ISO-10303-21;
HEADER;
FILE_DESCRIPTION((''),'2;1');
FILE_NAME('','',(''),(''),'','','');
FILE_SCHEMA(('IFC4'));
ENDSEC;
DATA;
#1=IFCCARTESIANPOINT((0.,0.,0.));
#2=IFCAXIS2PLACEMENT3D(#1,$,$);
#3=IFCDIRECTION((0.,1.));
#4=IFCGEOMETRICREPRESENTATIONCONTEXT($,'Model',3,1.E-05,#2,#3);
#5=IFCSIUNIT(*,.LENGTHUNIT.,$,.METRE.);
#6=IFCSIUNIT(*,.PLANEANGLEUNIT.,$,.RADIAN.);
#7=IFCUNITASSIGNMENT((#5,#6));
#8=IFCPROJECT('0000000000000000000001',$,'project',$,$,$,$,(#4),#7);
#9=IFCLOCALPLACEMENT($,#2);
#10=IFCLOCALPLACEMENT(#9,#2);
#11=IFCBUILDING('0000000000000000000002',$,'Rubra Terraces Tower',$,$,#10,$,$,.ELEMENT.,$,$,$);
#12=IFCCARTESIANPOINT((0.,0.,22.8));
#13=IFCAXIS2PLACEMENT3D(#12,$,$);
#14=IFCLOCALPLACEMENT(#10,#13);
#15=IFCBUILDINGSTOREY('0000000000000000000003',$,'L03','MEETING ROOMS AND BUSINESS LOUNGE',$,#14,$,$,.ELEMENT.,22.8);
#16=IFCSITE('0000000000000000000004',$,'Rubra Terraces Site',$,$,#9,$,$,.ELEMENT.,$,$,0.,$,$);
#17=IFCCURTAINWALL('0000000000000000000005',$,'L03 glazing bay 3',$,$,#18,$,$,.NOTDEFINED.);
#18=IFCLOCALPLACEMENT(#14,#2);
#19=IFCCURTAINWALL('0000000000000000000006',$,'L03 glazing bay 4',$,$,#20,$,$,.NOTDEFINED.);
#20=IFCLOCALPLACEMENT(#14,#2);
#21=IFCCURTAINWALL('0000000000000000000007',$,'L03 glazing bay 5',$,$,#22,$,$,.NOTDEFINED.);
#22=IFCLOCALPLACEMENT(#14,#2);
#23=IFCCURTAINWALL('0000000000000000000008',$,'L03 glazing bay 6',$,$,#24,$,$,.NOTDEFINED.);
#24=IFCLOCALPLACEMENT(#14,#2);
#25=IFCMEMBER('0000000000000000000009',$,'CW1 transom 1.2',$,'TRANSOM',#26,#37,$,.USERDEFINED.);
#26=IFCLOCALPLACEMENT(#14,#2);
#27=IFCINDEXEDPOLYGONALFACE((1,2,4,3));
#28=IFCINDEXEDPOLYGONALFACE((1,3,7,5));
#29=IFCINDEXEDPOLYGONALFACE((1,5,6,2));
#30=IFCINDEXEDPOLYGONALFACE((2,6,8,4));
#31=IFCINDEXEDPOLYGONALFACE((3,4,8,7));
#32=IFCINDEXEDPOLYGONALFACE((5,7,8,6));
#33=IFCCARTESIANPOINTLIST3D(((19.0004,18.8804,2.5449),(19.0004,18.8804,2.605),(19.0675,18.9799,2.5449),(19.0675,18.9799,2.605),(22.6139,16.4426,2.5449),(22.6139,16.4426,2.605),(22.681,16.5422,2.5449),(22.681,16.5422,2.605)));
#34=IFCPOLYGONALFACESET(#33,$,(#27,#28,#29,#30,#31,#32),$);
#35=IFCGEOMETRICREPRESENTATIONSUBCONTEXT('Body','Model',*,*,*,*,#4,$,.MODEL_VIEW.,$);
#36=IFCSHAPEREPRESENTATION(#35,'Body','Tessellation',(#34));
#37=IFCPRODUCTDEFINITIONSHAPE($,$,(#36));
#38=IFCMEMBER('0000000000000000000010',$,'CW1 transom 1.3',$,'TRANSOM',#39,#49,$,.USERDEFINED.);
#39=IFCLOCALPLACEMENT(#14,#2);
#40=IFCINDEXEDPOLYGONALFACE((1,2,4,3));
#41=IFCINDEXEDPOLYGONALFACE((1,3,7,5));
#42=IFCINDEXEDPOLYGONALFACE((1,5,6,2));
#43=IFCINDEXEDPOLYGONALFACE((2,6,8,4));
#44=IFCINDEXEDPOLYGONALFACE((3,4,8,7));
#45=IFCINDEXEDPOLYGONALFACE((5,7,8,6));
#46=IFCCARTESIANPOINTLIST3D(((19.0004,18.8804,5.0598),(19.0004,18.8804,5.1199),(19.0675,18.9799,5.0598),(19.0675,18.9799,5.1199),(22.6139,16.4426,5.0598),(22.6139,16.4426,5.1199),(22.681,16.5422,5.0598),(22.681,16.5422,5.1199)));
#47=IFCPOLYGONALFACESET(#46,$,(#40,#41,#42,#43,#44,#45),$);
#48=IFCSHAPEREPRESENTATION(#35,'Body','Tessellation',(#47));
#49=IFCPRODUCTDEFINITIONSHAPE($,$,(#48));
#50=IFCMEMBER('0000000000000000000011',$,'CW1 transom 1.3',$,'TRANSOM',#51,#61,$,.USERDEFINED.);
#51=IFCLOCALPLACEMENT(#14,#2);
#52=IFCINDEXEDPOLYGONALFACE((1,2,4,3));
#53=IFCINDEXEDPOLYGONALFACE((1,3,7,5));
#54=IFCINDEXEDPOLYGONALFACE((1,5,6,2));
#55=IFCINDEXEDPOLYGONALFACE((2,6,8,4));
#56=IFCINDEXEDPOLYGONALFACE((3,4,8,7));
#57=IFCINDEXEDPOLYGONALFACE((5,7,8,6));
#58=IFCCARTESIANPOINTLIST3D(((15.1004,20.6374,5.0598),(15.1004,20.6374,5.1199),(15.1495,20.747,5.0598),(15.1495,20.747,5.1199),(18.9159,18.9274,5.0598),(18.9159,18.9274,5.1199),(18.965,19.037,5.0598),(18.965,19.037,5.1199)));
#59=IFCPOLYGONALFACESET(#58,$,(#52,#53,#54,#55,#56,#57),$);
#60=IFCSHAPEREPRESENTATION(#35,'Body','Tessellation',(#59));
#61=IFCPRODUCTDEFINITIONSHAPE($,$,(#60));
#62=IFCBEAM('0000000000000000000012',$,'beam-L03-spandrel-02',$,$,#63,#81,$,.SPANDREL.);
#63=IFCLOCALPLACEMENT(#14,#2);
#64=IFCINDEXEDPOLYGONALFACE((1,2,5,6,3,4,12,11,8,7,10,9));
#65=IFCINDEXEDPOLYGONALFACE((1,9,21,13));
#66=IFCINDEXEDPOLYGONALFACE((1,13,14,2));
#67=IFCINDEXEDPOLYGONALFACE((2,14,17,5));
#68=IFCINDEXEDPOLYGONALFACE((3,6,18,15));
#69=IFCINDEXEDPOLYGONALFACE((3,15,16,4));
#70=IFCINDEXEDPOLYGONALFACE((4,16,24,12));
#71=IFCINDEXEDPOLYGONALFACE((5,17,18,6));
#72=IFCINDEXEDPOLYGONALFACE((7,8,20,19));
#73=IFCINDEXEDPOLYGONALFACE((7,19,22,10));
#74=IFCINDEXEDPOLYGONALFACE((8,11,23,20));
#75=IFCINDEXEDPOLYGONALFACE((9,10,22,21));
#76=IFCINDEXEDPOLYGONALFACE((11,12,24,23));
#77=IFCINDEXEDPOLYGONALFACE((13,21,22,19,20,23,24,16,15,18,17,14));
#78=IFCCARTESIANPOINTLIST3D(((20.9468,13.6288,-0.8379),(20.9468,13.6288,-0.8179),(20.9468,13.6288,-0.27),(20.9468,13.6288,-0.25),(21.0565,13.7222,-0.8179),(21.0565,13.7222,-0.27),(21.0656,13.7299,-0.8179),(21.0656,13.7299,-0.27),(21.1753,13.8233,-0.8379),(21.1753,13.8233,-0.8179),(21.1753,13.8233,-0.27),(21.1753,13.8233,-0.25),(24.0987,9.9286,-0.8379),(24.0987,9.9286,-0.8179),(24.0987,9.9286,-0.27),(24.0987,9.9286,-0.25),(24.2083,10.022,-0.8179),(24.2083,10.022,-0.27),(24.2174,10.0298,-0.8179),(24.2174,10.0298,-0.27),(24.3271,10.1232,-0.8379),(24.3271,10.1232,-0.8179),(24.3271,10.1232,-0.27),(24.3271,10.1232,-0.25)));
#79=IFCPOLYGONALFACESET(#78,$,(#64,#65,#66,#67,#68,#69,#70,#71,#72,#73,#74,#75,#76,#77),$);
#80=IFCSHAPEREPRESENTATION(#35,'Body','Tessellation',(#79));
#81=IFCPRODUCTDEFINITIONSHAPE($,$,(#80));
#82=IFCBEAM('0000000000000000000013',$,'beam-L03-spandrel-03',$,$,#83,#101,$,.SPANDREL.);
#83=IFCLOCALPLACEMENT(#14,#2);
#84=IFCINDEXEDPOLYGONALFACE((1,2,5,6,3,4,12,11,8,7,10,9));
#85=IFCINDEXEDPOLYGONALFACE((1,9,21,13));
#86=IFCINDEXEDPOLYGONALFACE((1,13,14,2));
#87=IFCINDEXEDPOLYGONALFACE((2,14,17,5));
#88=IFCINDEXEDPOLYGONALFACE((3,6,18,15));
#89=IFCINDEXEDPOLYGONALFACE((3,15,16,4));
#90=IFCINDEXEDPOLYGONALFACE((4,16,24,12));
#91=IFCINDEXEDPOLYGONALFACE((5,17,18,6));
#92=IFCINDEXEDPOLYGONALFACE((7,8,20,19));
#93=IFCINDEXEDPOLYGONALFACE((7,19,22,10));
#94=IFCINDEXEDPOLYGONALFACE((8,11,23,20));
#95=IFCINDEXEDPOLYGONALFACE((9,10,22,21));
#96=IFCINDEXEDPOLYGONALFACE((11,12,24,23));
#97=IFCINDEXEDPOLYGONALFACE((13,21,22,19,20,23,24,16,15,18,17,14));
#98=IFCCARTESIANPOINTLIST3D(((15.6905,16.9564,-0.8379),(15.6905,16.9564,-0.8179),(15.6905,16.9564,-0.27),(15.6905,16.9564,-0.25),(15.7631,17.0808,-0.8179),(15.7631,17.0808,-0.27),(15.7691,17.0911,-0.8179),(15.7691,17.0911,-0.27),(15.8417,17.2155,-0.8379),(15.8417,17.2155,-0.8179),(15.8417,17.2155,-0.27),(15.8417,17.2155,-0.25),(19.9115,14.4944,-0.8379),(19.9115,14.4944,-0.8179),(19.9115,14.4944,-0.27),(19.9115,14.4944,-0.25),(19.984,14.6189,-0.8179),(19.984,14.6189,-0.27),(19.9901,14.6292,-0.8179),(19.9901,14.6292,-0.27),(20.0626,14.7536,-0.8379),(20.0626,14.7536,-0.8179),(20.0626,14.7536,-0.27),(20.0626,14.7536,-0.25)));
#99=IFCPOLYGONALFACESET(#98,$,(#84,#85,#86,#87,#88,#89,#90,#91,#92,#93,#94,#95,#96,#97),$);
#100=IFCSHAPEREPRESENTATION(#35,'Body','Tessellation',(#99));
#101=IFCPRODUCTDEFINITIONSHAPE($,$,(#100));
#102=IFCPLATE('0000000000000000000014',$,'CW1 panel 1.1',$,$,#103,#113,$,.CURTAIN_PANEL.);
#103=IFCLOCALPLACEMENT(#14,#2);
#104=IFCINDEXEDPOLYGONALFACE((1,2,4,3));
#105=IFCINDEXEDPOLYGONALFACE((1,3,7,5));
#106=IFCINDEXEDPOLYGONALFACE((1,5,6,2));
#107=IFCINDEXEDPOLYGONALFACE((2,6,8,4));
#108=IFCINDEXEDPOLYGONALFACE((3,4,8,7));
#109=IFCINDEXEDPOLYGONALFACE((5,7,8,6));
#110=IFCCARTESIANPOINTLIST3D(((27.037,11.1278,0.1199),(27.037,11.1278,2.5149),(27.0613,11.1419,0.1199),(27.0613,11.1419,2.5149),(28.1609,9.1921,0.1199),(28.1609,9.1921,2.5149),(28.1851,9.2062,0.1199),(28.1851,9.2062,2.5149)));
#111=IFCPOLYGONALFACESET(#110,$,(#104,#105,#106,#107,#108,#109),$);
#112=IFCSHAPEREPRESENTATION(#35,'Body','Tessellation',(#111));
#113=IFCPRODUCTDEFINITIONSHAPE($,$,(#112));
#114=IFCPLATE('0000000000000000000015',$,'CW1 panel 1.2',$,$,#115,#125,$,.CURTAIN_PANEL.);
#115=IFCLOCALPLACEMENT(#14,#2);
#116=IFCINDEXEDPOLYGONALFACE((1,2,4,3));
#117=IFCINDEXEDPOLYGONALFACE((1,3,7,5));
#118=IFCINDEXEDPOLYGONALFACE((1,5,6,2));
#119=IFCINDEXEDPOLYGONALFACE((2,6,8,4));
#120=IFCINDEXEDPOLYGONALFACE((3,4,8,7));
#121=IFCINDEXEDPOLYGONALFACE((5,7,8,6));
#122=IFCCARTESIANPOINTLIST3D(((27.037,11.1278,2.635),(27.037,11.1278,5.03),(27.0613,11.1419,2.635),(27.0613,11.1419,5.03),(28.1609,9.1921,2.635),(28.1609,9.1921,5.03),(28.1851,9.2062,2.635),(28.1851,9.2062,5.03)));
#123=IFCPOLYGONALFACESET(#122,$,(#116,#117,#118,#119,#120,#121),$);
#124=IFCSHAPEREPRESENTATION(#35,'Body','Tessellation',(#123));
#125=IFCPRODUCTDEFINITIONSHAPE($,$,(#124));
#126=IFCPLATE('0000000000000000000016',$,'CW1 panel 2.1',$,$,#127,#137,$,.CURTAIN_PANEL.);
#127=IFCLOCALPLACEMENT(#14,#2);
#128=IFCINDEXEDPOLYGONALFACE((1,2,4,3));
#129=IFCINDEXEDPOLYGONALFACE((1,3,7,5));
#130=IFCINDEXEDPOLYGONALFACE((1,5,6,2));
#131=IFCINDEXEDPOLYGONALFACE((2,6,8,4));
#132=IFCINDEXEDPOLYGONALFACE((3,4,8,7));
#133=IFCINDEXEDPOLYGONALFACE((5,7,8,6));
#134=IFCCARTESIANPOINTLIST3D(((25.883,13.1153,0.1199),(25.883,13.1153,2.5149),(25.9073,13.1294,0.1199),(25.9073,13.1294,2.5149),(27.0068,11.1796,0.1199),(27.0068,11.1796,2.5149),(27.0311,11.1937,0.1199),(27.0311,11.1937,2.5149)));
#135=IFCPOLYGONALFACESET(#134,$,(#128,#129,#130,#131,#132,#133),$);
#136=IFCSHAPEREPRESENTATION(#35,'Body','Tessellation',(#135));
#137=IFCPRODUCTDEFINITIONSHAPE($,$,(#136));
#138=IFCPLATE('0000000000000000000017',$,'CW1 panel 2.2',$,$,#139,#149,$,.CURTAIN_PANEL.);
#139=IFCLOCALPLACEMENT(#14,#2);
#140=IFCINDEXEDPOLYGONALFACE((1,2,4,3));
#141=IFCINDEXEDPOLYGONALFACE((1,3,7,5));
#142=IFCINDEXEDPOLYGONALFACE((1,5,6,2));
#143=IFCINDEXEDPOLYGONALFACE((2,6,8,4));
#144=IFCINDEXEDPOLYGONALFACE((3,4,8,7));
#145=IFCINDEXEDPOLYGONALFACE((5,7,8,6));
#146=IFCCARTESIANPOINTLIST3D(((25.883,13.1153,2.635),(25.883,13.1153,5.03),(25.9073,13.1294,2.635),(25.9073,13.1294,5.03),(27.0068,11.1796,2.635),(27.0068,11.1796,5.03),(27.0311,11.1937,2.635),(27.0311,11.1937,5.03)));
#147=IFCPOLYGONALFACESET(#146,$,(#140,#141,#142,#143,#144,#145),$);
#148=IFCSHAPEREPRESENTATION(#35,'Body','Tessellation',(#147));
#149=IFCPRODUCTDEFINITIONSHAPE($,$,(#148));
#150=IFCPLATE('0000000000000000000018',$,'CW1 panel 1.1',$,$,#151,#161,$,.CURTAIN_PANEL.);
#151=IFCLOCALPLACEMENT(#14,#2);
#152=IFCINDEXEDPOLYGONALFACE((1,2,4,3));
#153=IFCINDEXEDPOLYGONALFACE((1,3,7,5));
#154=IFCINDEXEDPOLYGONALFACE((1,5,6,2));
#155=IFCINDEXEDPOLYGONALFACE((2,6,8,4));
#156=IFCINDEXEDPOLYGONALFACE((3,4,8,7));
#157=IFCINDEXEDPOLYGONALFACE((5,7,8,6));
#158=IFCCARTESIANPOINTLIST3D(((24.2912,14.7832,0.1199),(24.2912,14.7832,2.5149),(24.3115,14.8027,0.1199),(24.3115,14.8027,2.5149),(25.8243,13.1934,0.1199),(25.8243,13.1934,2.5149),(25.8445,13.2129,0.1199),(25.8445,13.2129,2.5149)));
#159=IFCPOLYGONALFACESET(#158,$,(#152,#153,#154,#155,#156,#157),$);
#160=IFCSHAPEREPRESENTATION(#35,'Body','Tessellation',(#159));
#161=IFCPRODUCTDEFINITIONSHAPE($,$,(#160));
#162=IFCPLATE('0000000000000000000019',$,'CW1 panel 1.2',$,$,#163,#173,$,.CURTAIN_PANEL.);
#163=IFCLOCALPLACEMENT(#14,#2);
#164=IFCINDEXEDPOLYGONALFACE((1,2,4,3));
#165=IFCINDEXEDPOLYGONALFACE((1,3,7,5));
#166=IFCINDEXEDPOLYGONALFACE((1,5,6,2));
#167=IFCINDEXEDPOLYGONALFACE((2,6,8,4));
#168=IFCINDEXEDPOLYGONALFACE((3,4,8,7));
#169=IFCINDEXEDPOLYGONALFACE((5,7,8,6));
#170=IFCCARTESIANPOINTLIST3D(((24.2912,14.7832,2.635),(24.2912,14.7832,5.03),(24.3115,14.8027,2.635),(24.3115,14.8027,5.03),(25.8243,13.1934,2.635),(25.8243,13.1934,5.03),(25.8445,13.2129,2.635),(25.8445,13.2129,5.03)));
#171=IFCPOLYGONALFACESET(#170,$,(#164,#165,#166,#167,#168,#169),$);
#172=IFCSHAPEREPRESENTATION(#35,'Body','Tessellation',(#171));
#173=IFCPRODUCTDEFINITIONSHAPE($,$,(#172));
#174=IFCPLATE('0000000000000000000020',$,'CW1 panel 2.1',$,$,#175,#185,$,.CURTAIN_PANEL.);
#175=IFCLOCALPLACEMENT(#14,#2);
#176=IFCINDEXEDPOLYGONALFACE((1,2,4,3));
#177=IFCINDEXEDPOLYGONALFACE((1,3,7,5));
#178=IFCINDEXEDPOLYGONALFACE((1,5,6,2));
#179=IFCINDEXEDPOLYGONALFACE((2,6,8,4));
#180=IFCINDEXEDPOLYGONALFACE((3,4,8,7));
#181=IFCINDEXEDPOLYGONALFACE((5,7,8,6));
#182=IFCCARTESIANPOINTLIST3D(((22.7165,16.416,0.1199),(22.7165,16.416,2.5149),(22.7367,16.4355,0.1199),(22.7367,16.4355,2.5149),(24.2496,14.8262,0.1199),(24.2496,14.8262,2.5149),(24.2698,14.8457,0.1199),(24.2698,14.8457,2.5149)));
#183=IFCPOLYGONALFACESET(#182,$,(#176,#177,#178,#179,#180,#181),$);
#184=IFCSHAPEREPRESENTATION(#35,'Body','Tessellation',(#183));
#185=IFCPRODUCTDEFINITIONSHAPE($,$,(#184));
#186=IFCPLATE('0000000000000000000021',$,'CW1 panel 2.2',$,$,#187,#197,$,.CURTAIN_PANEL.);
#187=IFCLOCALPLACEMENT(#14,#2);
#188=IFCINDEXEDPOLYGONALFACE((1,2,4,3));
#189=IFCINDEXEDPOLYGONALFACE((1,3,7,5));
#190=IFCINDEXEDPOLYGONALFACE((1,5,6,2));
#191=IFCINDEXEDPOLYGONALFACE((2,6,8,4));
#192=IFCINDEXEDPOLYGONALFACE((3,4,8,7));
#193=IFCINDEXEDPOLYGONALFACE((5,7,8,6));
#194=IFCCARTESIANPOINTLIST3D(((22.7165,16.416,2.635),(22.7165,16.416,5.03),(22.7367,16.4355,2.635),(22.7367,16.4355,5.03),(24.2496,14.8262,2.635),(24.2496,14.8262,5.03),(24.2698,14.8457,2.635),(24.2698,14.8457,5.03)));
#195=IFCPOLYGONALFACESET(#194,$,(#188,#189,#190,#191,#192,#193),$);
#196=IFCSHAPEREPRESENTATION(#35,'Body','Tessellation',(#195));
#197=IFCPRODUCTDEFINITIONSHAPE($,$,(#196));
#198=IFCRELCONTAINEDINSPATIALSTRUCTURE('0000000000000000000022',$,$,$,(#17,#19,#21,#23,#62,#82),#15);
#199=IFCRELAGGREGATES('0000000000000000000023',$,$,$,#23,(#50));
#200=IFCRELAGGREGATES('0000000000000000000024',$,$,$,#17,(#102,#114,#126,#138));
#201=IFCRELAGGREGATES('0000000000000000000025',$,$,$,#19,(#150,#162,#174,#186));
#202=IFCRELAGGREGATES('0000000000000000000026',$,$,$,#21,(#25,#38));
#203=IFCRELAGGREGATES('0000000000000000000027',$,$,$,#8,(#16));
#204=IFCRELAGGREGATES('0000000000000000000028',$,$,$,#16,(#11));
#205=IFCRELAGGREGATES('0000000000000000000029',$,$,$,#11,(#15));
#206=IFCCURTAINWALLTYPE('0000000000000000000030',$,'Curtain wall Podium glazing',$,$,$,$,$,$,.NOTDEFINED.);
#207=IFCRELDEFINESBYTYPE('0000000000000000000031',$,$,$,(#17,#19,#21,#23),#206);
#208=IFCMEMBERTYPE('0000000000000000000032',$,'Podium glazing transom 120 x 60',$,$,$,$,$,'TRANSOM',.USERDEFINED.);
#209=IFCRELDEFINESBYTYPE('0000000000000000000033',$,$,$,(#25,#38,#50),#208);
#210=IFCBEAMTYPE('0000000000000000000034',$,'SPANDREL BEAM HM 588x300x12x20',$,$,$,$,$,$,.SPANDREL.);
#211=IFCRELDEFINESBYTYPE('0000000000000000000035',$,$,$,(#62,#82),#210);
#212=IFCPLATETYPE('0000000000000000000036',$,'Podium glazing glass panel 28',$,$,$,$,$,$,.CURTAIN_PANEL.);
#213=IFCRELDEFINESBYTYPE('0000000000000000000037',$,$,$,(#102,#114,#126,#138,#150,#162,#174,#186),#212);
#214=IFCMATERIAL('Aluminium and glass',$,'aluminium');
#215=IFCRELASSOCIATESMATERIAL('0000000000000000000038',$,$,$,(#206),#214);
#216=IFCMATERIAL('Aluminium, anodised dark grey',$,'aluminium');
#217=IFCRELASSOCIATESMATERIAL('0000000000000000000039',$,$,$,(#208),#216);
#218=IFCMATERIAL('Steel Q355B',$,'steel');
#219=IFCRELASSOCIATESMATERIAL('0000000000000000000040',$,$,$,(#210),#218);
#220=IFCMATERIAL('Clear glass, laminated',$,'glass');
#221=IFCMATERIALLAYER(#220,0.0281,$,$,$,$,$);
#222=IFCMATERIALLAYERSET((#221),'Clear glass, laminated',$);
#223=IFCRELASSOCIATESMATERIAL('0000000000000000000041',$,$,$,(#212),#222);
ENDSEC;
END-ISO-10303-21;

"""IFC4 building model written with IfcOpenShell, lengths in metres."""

from ifc_helpers import new_model, si_unit, direction, frame, origin, origin_2d, place, context, subcontext, project, spatial, rectangle, i_section, extrude, material, layer, layer_set, material_profile, profile_set, type_object, element, aggregate, save


model = new_model("IFC4")

# Units and contexts
model_context = context("Model", 3, precision=1e-05, world=origin(), true_north=direction((0.0, 1.0)))
body_context = subcontext(model_context, "Body", "Model", "MODEL_VIEW")
ifc_project = project(units=[si_unit("LENGTHUNIT", "METRE"), si_unit("PLANEANGLEUNIT", "RADIAN")], contexts=[model_context])

# Site, building, storey
site_placement = place(None, origin())
site = spatial("IfcSite", under=ifc_project, at=site_placement, Name="Rubra Terraces Site", CompositionType="ELEMENT", RefElevation=0.0)
building_placement = place(site_placement, origin())
building = spatial("IfcBuilding", under=site, at=building_placement, Name="Rubra Terraces Tower", CompositionType="ELEMENT")
storey_placement = place(building_placement, frame((0.0, 0.0, 22.8)))
storey = spatial("IfcBuildingStorey", under=building, at=storey_placement, Name="L03", Description="MEETING ROOMS AND BUSINESS LOUNGE", CompositionType="ELEMENT", Elevation=22.8)

# Shared definitions
ifc_material_1 = material(Name="Steel Q355B", Category="steel")

# Curtain walls
ifc_material_2 = material(Name="Aluminium and glass", Category="aluminium")
curtain_wall_type = type_object("IfcCurtainWallType", Name="Curtain wall Podium glazing", PredefinedType="NOTDEFINED", material=ifc_material_2)
curtain_wall_1_placement = place(storey_placement, origin())
curtain_wall_1 = element("IfcCurtainWall", 1, at=curtain_wall_1_placement, inside=storey, type_object=curtain_wall_type, Name="L03 glazing bay 3", PredefinedType="NOTDEFINED")
ifc_material_3 = material(Name="Aluminium, anodised dark grey", Category="aluminium")
curtain_wall_2_placement = place(storey_placement, origin())
curtain_wall_2 = element("IfcCurtainWall", 2, at=curtain_wall_2_placement, inside=storey, type_object=curtain_wall_type, Name="L03 glazing bay 4", PredefinedType="NOTDEFINED")

# Curtain walls
curtain_wall_3_placement = place(storey_placement, origin())
curtain_wall_3 = element("IfcCurtainWall", 3, at=curtain_wall_3_placement, inside=storey, type_object=curtain_wall_type, Name="L03 glazing bay 5", PredefinedType="NOTDEFINED")
curtain_wall_4_placement = place(storey_placement, origin())
curtain_wall_4 = element("IfcCurtainWall", 4, at=curtain_wall_4_placement, inside=storey, type_object=curtain_wall_type, Name="L03 glazing bay 6", PredefinedType="NOTDEFINED")

# Members
ifc_material_profile_1 = material_profile(ifc_material_3, rectangle(XDim=0.1201, YDim=0.0601, at=origin_2d()), Name="AL 120x60")
ifc_profile_set_1 = profile_set([ifc_material_profile_1], Name="Aluminium, anodised dark grey")
member_type_1 = type_object("IfcMemberType", Name="Podium glazing transom 120 x 60", ElementType="TRANSOM", PredefinedType="USERDEFINED", material=ifc_profile_set_1)
member_1_placement = place(storey_placement, frame((22.6475, 16.4924, 2.575), z_axis=(-0.828996, 0.559254, 0.0), x_axis=(-0.559254, -0.828996, 0.0)))
member_1 = element("IfcMember", 5, at=member_1_placement, type_object=member_type_1, Name="CW1 transom 1.2", ObjectType="TRANSOM", PredefinedType="USERDEFINED", context=body_context, shape_type="SweptSolid", body=[
    extrude(rectangle(XDim=0.1201, YDim=0.0601, at=origin_2d()), origin(), (0.0, 0.0, 1.0), 4.3589),
])
member_2_placement = place(storey_placement, frame((22.6475, 16.4924, 5.0898), z_axis=(-0.828996, 0.559254, 0.0), x_axis=(-0.559254, -0.828996, 0.0)))
member_2 = element("IfcMember", 6, at=member_2_placement, type_object=member_type_1, Name="CW1 transom 1.3", ObjectType="TRANSOM", PredefinedType="USERDEFINED", context=body_context, shape_type="SweptSolid", body=[
    extrude(rectangle(XDim=0.1201, YDim=0.0601, at=origin_2d()), origin(), (0.0, 0.0, 1.0), 4.3589),
])
member_3_placement = place(storey_placement, frame((18.9404, 18.9822, 5.0898), z_axis=(-0.912545, 0.408975, 0.0), x_axis=(-0.408975, -0.912545, 0.0)))
member_3 = element("IfcMember", 7, at=member_3_placement, type_object=member_type_1, Name="CW1 transom 1.3", ObjectType="TRANSOM", PredefinedType="USERDEFINED", context=body_context, shape_type="SweptSolid", body=[
    extrude(rectangle(XDim=0.1201, YDim=0.0601, at=origin_2d()), origin(), (0.0, 0.0, 1.0), 4.1812),
])
aggregate(curtain_wall_4, [member_3])

# Beams
ifc_material_profile_2 = material_profile(ifc_material_1, i_section(OverallWidth=0.3, OverallDepth=0.5879, WebThickness=0.012, FlangeThickness=0.02, at=origin_2d()), Name="HM 588x300x12x20")
ifc_profile_set_2 = profile_set([ifc_material_profile_2], Name="Steel Q355B")
beam_type_1 = type_object("IfcBeamType", Name="SPANDREL BEAM HM 588x300x12x20", PredefinedType="SPANDREL", material=ifc_profile_set_2)
beam_1_placement = place(storey_placement, frame((24.2129, 10.0259, -0.5439), z_axis=(-0.648447, 0.76126, 0.0), x_axis=(-0.76126, -0.648447, 0.0)))
element("IfcBeam", 8, at=beam_1_placement, inside=storey, type_object=beam_type_1, Name="beam-L03-spandrel-02", PredefinedType="SPANDREL", context=body_context, shape_type="SweptSolid", body=[
    extrude(i_section(OverallWidth=0.3, OverallDepth=0.5879, WebThickness=0.012, FlangeThickness=0.02, at=origin_2d()), origin(), (0.0, 0.0, 1.0), 4.8606),
])
beam_2_placement = place(storey_placement, frame((19.9871, 14.624, -0.5439), z_axis=(-0.863806, 0.503824, 0.0), x_axis=(-0.503824, -0.863806, 0.0)))
element("IfcBeam", 9, at=beam_2_placement, inside=storey, type_object=beam_type_1, Name="beam-L03-spandrel-03", PredefinedType="SPANDREL", context=body_context, shape_type="SweptSolid", body=[
    extrude(i_section(OverallWidth=0.3, OverallDepth=0.5879, WebThickness=0.012, FlangeThickness=0.02, at=origin_2d()), origin(), (0.0, 0.0, 1.0), 4.8865),
])

# Plates
ifc_material_4 = material(Name="Clear glass, laminated", Category="glass")
ifc_layer = layer(ifc_material_4, 0.0281)
ifc_layer_set = layer_set([ifc_layer], Name="Clear glass, laminated")
plate_type = type_object("IfcPlateType", Name="Podium glazing glass panel 28", PredefinedType="CURTAIN_PANEL", material=ifc_layer_set)
plate_1_placement = place(storey_placement, frame((27.6111, 10.167, 0.1199), z_axis=(0.0, 0.0, 1.0), x_axis=(-0.502094, 0.864813, 0.0)))
plate_1 = element("IfcPlate", 10, at=plate_1_placement, type_object=plate_type, Name="CW1 panel 1.1", PredefinedType="CURTAIN_PANEL", context=body_context, shape_type="SweptSolid", body=[
    extrude(rectangle(XDim=2.2383, YDim=0.0281, at=origin_2d()), origin(), (0.0, 0.0, 1.0), 2.395),
])
plate_2_placement = place(storey_placement, frame((27.6111, 10.167, 2.635), z_axis=(0.0, 0.0, 1.0), x_axis=(-0.502094, 0.864813, 0.0)))
plate_2 = element("IfcPlate", 11, at=plate_2_placement, type_object=plate_type, Name="CW1 panel 1.2", PredefinedType="CURTAIN_PANEL", context=body_context, shape_type="SweptSolid", body=[
    extrude(rectangle(XDim=2.2383, YDim=0.0281, at=origin_2d()), origin(), (0.0, 0.0, 1.0), 2.395),
])
plate_3_placement = place(storey_placement, frame((26.457, 12.1545, 0.1199), z_axis=(0.0, 0.0, 1.0), x_axis=(-0.502094, 0.864813, 0.0)))
plate_3 = element("IfcPlate", 12, at=plate_3_placement, type_object=plate_type, Name="CW1 panel 2.1", PredefinedType="CURTAIN_PANEL", context=body_context, shape_type="SweptSolid", body=[
    extrude(rectangle(XDim=2.2383, YDim=0.0281, at=origin_2d()), origin(), (0.0, 0.0, 1.0), 2.395),
])
plate_4_placement = place(storey_placement, frame((26.457, 12.1545, 2.635), z_axis=(0.0, 0.0, 1.0), x_axis=(-0.502094, 0.864813, 0.0)))
plate_4 = element("IfcPlate", 13, at=plate_4_placement, type_object=plate_type, Name="CW1 panel 2.2", PredefinedType="CURTAIN_PANEL", context=body_context, shape_type="SweptSolid", body=[
    extrude(rectangle(XDim=2.2383, YDim=0.0281, at=origin_2d()), origin(), (0.0, 0.0, 1.0), 2.395),
])
aggregate(curtain_wall_1, [plate_1, plate_2, plate_3, plate_4])
plate_5_placement = place(storey_placement, frame((25.0679, 13.998, 0.1199), z_axis=(0.0, 0.0, 1.0), x_axis=(-0.694156, 0.719825, 0.0)))
plate_5 = element("IfcPlate", 14, at=plate_5_placement, type_object=plate_type, Name="CW1 panel 1.1", PredefinedType="CURTAIN_PANEL", context=body_context, shape_type="SweptSolid", body=[
    extrude(rectangle(XDim=2.2085, YDim=0.0281, at=origin_2d()), origin(), (0.0, 0.0, 1.0), 2.395),
])
plate_6_placement = place(storey_placement, frame((25.0679, 13.998, 2.635), z_axis=(0.0, 0.0, 1.0), x_axis=(-0.694156, 0.719825, 0.0)))
plate_6 = element("IfcPlate", 15, at=plate_6_placement, type_object=plate_type, Name="CW1 panel 1.2", PredefinedType="CURTAIN_PANEL", context=body_context, shape_type="SweptSolid", body=[
    extrude(rectangle(XDim=2.2085, YDim=0.0281, at=origin_2d()), origin(), (0.0, 0.0, 1.0), 2.395),
])
plate_7_placement = place(storey_placement, frame((23.4932, 15.6309, 0.1199), z_axis=(0.0, 0.0, 1.0), x_axis=(-0.694156, 0.719825, 0.0)))
plate_7 = element("IfcPlate", 16, at=plate_7_placement, type_object=plate_type, Name="CW1 panel 2.1", PredefinedType="CURTAIN_PANEL", context=body_context, shape_type="SweptSolid", body=[
    extrude(rectangle(XDim=2.2085, YDim=0.0281, at=origin_2d()), origin(), (0.0, 0.0, 1.0), 2.395),
])
plate_8_placement = place(storey_placement, frame((23.4932, 15.6309, 2.635), z_axis=(0.0, 0.0, 1.0), x_axis=(-0.694156, 0.719825, 0.0)))
plate_8 = element("IfcPlate", 17, at=plate_8_placement, type_object=plate_type, Name="CW1 panel 2.2", PredefinedType="CURTAIN_PANEL", context=body_context, shape_type="SweptSolid", body=[
    extrude(rectangle(XDim=2.2085, YDim=0.0281, at=origin_2d()), origin(), (0.0, 0.0, 1.0), 2.395),
])
aggregate(curtain_wall_2, [plate_5, plate_6, plate_7, plate_8])
aggregate(curtain_wall_3, [member_1, member_2])

save(model, "model.ifc")
